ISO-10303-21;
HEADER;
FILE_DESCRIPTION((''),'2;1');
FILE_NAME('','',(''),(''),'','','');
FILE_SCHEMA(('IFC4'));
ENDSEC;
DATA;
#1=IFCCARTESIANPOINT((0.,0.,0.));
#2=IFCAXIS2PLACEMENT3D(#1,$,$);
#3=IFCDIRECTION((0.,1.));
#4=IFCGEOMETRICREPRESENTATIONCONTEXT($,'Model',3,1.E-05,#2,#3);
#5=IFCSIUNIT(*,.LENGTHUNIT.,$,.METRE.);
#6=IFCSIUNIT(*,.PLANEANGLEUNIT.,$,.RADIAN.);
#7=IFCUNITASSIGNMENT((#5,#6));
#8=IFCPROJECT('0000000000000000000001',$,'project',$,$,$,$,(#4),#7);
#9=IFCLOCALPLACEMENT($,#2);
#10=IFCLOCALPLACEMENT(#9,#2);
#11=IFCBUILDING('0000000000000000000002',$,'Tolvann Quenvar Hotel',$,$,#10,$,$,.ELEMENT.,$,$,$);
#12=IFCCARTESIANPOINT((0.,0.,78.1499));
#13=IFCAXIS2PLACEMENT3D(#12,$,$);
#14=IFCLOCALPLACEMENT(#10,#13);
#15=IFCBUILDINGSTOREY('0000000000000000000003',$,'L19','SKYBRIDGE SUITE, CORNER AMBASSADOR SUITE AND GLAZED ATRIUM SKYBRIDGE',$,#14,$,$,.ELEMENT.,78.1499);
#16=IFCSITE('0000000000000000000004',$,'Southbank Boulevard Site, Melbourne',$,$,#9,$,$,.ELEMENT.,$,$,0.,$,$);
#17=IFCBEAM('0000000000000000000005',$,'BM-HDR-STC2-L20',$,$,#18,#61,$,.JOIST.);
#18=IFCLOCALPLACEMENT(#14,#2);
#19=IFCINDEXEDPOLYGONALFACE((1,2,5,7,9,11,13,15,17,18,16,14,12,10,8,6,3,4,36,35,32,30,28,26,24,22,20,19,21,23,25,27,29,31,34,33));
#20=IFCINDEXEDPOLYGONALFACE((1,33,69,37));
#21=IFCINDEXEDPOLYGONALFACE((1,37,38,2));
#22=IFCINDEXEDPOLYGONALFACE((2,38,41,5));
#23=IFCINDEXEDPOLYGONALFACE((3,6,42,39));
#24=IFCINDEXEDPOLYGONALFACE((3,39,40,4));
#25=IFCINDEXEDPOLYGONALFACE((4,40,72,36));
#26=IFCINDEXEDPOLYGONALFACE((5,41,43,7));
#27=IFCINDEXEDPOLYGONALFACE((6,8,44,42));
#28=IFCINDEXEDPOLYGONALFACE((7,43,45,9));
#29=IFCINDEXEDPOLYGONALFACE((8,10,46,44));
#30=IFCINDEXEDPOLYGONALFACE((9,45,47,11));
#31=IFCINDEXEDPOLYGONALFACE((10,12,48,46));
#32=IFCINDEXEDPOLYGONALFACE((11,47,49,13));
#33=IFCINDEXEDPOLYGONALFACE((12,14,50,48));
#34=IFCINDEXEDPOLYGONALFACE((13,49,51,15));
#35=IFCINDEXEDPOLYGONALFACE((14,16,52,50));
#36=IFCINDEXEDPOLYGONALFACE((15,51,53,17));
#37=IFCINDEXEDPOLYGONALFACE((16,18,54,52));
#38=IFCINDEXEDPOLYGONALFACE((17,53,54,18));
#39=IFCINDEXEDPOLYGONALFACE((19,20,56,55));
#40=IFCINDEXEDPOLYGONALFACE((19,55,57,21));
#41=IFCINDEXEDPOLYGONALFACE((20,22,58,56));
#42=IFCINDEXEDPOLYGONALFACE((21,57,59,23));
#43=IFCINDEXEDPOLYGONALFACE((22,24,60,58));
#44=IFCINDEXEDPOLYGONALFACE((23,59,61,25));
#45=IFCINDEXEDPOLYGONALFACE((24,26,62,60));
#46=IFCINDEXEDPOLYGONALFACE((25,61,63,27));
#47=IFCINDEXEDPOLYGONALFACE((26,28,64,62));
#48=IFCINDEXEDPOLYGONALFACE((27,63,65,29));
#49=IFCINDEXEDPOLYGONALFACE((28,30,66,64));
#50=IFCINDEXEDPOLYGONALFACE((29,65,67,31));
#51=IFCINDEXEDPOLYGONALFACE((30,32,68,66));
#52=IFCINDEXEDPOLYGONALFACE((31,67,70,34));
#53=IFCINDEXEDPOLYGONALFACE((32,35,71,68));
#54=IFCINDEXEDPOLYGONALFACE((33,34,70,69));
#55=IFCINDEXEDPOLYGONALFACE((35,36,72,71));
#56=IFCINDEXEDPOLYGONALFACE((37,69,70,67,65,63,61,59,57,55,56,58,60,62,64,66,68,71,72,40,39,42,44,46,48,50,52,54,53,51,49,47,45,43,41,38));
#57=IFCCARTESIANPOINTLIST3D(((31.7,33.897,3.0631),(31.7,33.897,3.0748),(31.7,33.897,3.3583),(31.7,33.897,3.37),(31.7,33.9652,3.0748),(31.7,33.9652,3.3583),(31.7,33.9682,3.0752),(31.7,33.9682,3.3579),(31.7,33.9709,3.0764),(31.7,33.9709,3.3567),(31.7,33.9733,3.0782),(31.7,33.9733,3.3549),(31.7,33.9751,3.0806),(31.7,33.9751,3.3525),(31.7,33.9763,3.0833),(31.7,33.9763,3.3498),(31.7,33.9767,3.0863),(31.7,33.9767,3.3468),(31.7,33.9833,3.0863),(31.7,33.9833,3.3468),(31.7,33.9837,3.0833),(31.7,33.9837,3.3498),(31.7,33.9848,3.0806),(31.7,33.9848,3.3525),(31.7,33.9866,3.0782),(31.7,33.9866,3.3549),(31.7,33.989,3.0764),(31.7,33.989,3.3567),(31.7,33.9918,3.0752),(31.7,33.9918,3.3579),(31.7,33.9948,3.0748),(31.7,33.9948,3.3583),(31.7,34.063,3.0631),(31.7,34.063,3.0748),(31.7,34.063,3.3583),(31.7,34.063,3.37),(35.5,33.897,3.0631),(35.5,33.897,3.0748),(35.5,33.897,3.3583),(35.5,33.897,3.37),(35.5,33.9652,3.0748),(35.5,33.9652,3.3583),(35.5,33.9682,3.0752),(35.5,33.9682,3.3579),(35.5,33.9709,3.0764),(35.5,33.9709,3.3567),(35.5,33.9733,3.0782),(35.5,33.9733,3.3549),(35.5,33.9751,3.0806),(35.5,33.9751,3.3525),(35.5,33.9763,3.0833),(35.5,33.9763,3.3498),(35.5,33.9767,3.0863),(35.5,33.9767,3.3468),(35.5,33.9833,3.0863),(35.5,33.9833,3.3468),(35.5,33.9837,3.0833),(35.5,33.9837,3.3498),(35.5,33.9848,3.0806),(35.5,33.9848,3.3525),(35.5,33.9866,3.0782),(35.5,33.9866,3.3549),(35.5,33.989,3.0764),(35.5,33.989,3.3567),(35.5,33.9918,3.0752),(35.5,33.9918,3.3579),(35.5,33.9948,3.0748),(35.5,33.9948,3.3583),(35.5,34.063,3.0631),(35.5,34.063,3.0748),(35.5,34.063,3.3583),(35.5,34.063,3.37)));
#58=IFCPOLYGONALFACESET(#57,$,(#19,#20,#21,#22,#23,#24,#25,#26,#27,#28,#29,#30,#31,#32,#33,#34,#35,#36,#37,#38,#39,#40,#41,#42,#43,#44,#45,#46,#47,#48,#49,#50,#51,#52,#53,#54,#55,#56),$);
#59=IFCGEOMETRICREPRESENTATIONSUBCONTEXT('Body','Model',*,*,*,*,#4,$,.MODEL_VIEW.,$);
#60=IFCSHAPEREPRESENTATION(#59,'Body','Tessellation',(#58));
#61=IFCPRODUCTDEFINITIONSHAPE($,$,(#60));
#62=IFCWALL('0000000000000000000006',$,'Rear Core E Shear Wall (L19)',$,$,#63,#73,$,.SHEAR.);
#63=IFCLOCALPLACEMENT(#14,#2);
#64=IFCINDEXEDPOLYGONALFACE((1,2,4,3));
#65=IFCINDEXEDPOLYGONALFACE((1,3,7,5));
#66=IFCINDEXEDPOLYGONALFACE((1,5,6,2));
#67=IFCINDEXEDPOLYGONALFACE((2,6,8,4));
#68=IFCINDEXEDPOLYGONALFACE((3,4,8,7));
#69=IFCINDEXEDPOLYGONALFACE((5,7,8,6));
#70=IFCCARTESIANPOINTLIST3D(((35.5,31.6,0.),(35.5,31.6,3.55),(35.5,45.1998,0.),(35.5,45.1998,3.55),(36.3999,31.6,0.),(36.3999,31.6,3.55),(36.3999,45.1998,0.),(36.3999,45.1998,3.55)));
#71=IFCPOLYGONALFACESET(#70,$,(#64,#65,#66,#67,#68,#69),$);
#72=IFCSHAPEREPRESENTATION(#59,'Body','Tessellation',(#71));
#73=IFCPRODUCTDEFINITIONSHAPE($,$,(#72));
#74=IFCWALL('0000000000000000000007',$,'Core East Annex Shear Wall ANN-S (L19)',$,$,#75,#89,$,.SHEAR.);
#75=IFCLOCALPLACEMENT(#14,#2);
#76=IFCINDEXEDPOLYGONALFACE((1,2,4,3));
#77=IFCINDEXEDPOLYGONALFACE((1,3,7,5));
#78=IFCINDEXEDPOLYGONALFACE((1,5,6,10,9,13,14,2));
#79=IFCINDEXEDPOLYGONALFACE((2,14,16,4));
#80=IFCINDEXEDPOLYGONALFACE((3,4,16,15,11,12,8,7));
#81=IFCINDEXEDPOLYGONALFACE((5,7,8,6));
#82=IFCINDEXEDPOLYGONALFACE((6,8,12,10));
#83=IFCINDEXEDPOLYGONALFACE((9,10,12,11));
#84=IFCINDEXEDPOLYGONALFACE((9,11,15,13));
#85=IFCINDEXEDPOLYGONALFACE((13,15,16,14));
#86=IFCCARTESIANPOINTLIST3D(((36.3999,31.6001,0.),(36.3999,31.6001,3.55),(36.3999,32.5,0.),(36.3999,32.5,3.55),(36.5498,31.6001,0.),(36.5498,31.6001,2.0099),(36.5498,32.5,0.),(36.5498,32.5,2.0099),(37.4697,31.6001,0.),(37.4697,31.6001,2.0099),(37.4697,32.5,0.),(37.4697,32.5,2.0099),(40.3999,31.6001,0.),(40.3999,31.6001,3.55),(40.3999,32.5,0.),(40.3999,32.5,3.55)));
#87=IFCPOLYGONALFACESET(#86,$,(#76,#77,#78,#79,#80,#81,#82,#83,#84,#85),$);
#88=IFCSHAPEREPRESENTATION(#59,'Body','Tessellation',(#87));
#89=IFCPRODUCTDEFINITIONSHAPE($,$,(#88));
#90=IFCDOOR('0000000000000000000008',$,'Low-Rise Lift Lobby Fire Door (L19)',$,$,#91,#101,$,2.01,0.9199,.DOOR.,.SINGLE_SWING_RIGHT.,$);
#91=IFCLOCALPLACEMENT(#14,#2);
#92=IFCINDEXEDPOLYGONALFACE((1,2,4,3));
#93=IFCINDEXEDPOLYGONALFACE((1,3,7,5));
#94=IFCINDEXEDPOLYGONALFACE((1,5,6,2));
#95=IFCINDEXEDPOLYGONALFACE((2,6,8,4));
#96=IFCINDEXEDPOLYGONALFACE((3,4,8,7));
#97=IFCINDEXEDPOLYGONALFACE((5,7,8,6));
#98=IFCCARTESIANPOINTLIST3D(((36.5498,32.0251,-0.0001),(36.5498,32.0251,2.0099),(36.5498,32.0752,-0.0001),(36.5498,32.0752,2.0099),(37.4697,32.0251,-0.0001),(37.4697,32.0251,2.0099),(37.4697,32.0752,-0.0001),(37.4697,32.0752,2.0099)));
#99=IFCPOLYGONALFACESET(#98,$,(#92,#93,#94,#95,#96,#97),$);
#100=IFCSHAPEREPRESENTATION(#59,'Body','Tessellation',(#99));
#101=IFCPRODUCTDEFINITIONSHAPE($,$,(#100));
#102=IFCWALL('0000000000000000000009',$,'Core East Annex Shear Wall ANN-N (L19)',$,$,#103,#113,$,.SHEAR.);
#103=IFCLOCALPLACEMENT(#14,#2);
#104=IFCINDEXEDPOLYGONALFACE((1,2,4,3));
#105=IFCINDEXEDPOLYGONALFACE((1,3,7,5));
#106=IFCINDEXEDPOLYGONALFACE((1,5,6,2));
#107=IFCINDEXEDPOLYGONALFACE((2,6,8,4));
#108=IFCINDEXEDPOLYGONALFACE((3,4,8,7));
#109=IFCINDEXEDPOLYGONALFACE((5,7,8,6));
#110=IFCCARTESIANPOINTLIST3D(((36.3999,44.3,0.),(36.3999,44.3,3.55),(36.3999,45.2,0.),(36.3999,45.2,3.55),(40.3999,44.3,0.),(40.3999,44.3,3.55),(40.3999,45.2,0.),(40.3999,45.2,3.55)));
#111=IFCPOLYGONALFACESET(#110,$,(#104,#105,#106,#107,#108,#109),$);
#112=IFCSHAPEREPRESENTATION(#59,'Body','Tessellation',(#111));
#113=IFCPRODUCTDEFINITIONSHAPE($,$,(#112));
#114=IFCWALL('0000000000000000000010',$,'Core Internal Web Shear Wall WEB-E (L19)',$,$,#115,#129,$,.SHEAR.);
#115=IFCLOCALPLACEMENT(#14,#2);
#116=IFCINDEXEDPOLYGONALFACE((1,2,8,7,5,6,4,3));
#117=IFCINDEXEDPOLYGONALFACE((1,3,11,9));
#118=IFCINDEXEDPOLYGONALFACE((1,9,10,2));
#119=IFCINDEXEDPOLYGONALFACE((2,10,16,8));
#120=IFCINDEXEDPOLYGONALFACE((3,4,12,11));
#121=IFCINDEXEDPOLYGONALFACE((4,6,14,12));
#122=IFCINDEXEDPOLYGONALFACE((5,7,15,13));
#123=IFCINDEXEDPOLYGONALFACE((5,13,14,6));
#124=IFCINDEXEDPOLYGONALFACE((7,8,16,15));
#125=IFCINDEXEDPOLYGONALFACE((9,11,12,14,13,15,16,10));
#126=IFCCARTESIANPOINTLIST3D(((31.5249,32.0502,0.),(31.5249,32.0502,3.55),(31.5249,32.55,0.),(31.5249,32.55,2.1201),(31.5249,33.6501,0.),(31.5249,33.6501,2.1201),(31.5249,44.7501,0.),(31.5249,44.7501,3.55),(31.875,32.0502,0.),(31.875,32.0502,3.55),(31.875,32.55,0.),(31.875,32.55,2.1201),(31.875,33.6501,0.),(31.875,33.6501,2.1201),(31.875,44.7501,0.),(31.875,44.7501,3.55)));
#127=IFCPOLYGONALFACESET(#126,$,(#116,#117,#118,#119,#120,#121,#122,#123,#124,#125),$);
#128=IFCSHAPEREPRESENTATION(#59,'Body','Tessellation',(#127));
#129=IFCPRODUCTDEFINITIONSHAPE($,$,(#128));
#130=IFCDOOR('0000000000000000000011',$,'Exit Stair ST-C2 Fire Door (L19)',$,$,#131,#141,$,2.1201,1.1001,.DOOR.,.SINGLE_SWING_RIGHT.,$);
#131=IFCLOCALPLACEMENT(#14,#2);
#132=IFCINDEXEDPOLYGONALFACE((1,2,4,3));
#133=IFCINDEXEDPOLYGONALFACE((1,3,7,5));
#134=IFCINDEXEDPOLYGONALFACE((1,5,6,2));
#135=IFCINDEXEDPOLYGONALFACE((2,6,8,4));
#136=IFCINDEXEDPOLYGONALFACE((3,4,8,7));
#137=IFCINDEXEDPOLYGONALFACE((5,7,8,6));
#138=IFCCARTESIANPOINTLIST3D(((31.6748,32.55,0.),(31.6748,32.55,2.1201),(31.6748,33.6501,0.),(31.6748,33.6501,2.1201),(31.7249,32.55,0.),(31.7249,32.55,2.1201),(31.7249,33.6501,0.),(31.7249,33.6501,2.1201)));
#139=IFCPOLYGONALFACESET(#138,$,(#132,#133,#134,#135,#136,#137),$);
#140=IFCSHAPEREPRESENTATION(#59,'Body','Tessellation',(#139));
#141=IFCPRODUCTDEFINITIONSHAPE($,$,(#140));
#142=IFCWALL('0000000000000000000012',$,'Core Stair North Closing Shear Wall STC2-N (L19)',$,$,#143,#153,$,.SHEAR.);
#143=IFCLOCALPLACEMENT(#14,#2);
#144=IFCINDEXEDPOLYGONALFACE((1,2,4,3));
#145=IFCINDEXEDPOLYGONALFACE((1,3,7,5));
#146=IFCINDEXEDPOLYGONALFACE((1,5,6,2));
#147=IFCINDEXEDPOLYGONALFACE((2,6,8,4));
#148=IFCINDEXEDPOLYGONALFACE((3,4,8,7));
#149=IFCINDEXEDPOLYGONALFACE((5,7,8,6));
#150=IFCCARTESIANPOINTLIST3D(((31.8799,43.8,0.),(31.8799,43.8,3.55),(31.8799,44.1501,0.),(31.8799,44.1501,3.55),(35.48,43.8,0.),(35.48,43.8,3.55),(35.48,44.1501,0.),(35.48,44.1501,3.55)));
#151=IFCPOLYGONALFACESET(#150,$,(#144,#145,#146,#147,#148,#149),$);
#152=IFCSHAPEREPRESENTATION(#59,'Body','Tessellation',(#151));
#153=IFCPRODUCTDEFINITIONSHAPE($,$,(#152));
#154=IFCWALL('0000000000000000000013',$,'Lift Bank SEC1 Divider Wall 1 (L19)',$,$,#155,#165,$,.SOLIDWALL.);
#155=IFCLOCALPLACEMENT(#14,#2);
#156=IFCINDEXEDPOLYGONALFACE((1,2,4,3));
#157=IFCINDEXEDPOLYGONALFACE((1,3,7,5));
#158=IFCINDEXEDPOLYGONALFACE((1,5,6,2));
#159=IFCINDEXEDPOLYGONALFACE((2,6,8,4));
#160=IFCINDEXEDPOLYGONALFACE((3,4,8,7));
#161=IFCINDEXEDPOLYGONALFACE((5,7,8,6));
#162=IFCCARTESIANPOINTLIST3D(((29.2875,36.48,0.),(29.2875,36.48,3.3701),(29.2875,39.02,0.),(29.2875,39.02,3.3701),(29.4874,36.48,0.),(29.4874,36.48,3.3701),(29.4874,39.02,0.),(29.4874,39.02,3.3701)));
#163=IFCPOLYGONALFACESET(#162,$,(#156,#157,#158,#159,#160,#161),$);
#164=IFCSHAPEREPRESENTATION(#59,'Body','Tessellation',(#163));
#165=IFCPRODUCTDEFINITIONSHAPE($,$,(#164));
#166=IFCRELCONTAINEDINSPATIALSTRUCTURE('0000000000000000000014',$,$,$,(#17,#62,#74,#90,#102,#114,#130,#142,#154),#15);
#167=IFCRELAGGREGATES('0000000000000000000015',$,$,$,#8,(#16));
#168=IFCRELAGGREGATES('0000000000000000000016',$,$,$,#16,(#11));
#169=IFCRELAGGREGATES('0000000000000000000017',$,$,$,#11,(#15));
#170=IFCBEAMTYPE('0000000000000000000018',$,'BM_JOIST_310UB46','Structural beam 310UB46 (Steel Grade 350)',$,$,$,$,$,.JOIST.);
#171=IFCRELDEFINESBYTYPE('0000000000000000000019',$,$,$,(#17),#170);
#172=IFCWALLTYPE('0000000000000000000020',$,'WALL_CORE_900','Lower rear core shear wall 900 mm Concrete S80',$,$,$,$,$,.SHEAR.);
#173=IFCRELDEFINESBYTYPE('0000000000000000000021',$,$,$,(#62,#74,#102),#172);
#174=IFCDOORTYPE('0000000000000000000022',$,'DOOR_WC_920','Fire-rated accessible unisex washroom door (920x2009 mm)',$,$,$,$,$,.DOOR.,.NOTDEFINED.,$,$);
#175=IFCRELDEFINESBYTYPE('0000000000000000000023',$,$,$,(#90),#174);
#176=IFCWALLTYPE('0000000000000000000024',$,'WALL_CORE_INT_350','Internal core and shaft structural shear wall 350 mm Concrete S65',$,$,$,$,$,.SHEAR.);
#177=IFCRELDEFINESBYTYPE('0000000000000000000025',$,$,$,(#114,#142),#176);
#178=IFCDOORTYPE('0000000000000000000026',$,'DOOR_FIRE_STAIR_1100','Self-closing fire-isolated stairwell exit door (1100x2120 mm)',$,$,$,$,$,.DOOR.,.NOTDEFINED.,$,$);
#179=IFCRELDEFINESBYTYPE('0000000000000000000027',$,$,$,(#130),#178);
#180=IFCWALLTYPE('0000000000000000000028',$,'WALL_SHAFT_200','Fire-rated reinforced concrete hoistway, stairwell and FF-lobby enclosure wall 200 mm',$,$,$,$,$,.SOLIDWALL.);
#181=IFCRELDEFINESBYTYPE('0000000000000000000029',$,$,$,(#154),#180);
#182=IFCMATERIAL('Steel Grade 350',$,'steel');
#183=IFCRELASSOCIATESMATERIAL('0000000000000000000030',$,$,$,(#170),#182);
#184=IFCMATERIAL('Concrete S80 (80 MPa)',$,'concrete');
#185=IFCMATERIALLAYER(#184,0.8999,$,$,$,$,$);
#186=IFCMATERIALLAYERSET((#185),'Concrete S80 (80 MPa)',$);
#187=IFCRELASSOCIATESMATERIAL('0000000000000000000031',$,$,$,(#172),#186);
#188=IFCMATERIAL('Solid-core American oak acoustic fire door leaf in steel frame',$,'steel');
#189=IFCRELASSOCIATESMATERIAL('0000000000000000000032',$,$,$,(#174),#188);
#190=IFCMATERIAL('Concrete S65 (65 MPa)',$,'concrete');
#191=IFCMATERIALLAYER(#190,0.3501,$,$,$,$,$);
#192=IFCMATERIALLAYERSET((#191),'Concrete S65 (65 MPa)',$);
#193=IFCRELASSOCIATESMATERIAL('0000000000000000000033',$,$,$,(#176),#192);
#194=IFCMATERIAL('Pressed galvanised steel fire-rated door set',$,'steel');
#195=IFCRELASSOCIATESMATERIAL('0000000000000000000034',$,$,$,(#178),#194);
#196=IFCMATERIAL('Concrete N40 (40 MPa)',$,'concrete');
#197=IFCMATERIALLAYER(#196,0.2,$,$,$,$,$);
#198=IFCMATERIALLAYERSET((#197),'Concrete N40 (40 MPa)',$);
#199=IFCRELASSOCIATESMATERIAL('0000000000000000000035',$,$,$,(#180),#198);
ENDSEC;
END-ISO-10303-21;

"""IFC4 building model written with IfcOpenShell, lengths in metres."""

from ifc_helpers import new_model, si_unit, direction, frame, frame_2d, origin, origin_2d, place, context, subcontext, project, spatial, rectangle, i_section, extrude, source, transform, mapped, material, layer, layer_set, material_profile, profile_set, type_object, type_shapes, element, fill, save


model = new_model("IFC4")

# Units and contexts
model_context = context("Model", 3, precision=1e-05, world=origin(), true_north=direction((0.0, 1.0)))
body_context = subcontext(model_context, "Body", "Model", "MODEL_VIEW")
ifc_project = project(units=[si_unit("LENGTHUNIT", "METRE"), si_unit("PLANEANGLEUNIT", "RADIAN")], contexts=[model_context])

# Site, building, storey
site_placement = place(None, origin())
site = spatial("IfcSite", under=ifc_project, at=site_placement, Name="Southbank Boulevard Site, Melbourne", CompositionType="ELEMENT", RefElevation=0.0)
building_placement = place(site_placement, origin())
building = spatial("IfcBuilding", under=site, at=building_placement, Name="Tolvann Quenvar Hotel", CompositionType="ELEMENT")
storey_placement = place(building_placement, frame((0.0, 0.0, 78.1499)))
storey = spatial("IfcBuildingStorey", under=building, at=storey_placement, Name="L19", Description="SKYBRIDGE SUITE, CORNER AMBASSADOR SUITE AND GLAZED ATRIUM SKYBRIDGE", CompositionType="ELEMENT", Elevation=78.1499)

# Beam
ifc_material_1 = material(Name="Steel Grade 350", Category="steel")
ifc_material_profile = material_profile(ifc_material_1, i_section(OverallWidth=0.166, OverallDepth=0.3069, WebThickness=0.0066, FlangeThickness=0.0117, FilletRadius=0.0115, at=origin_2d()), Name="310UB46")
ifc_profile_set = profile_set([ifc_material_profile], Name="Steel Grade 350")
beam_type = type_object("IfcBeamType", Name="BM_JOIST_310UB46", Description="Structural beam 310UB46 (Steel Grade 350)", PredefinedType="JOIST", material=ifc_profile_set)
shared_shape_1 = source(origin(), body_context, "Body", "SweptSolid", [
    extrude(i_section(OverallWidth=0.166, OverallDepth=0.3069, WebThickness=0.0066, FlangeThickness=0.0117, FilletRadius=0.0115, at=origin_2d()), origin(), (0.0, 0.0, 1.0), 3.8),
])
type_shapes(beam_type, [shared_shape_1])
beam_placement = place(storey_placement, frame((31.7, 33.98, 3.2166), z_axis=(1.0, 0.0, 0.0), x_axis=(0.0, 1.0, 0.0)))
element("IfcBeam", 1, at=beam_placement, inside=storey, type_object=beam_type, Name="BM-HDR-STC2-L20", PredefinedType="JOIST", context=body_context, shape_type="MappedRepresentation", body=[
    mapped(shared_shape_1, transform((0.0, 0.0, 0.0), x_axis=(1.0, 0.0, 0.0), y_axis=(0.0, 1.0, 0.0), z_axis=(0.0, 0.0, 1.0), scale=1.0)),
])

# Wall
ifc_material_2 = material(Name="Concrete S80 (80 MPa)", Category="concrete")
ifc_layer_1 = layer(ifc_material_2, 0.8999)
ifc_layer_set_1 = layer_set([ifc_layer_1], Name="Concrete S80 (80 MPa)")
wall_type_1 = type_object("IfcWallType", Name="WALL_CORE_900", Description="Lower rear core shear wall 900 mm Concrete S80", PredefinedType="SHEAR", material=ifc_layer_set_1)
wall_1_placement = place(storey_placement, frame((35.95, 31.6001, 0.0), z_axis=(0.0, 0.0, 1.0), x_axis=(0.0, 1.0, 0.0)))
element("IfcWall", 2, at=wall_1_placement, inside=storey, type_object=wall_type_1, Name="Rear Core E Shear Wall (L19)", PredefinedType="SHEAR", context=body_context, shape_type="SweptSolid", body=[
    extrude(rectangle(XDim=13.5999, YDim=0.8999, at=frame_2d((6.7998, 0.0))), origin(), (0.0, 0.0, 1.0), 3.55),
])

# Wall, opening, door
wall_2_placement = place(storey_placement, frame((36.3999, 32.05, 0.0), z_axis=(0.0, 0.0, 1.0), x_axis=(1.0, 0.0, 0.0)))
wall_2 = element("IfcWall", 3, at=wall_2_placement, inside=storey, type_object=wall_type_1, Name="Core East Annex Shear Wall ANN-S (L19)", PredefinedType="SHEAR", context=body_context, shape_type="SweptSolid", body=[
    extrude(rectangle(XDim=4.0, YDim=0.8999, at=frame_2d((2.0, 0.0))), origin(), (0.0, 0.0, 1.0), 3.55),
])
opening_1_placement = place(wall_2_placement, frame((1.0698, 0.0, 0.0), z_axis=(0.0, 0.0, 1.0), x_axis=(-1.0, 0.0, 0.0)))
opening_1 = element("IfcOpeningElement", 4, at=opening_1_placement, cuts=wall_2, PredefinedType="OPENING", context=body_context, shape_type="SweptSolid", body=[
    extrude(rectangle(XDim=0.9199, YDim=2.01, at=frame_2d((0.46, 1.0049))), frame((0.0, 0.46, 0.0), z_axis=(0.0, -1.0, 0.0), x_axis=(1.0, 0.0, 0.0)), (0.0, 0.0, 1.0), 0.9199),
])
ifc_material_3 = material(Name="Solid-core American oak acoustic fire door leaf in steel frame", Category="steel")
door_type_1 = type_object("IfcDoorType", Name="DOOR_WC_920", Description="Fire-rated accessible unisex washroom door (920x2009 mm)", OperationType="NOTDEFINED", PredefinedType="DOOR", material=ifc_material_3)
shared_shape_2 = source(origin(), body_context, "Body", "SweptSolid", [
    extrude(rectangle(XDim=0.9199, YDim=2.01, at=frame_2d((0.46, 1.0049))), frame((0.0, 0.0249, 0.0), z_axis=(0.0, -1.0, 0.0), x_axis=(1.0, 0.0, 0.0)), (0.0, 0.0, 1.0), 0.05),
])
type_shapes(door_type_1, [shared_shape_2])
door_1_placement = place(opening_1_placement, origin())
door_1 = element("IfcDoor", 5, at=door_1_placement, inside=storey, type_object=door_type_1, Name="Low-Rise Lift Lobby Fire Door (L19)", OperationType="SINGLE_SWING_RIGHT", OverallHeight=2.01, OverallWidth=0.9199, PredefinedType="DOOR", context=body_context, shape_type="MappedRepresentation", body=[
    mapped(shared_shape_2, transform((0.0, 0.0, 0.0), x_axis=(1.0, 0.0, 0.0), y_axis=(0.0, 1.0, 0.0), z_axis=(0.0, 0.0, 1.0), scale=1.0)),
])
fill(opening_1, door_1)

# Wall
wall_3_placement = place(storey_placement, frame((36.3999, 44.75, 0.0), z_axis=(0.0, 0.0, 1.0), x_axis=(1.0, 0.0, 0.0)))
element("IfcWall", 6, at=wall_3_placement, inside=storey, type_object=wall_type_1, Name="Core East Annex Shear Wall ANN-N (L19)", PredefinedType="SHEAR", context=body_context, shape_type="SweptSolid", body=[
    extrude(rectangle(XDim=4.0, YDim=0.8999, at=frame_2d((2.0, 0.0))), origin(), (0.0, 0.0, 1.0), 3.55),
])

# Wall, opening, door
ifc_material_4 = material(Name="Concrete S65 (65 MPa)", Category="concrete")
ifc_layer_2 = layer(ifc_material_4, 0.3501)
ifc_layer_set_2 = layer_set([ifc_layer_2], Name="Concrete S65 (65 MPa)")
wall_type_2 = type_object("IfcWallType", Name="WALL_CORE_INT_350", Description="Internal core and shaft structural shear wall 350 mm Concrete S65", PredefinedType="SHEAR", material=ifc_layer_set_2)
wall_4_placement = place(storey_placement, frame((31.7, 32.05, 0.0), z_axis=(0.0, 0.0, 1.0), x_axis=(0.0, 1.0, 0.0)))
wall_4 = element("IfcWall", 7, at=wall_4_placement, inside=storey, type_object=wall_type_2, Name="Core Internal Web Shear Wall WEB-E (L19)", PredefinedType="SHEAR", context=body_context, shape_type="SweptSolid", body=[
    extrude(rectangle(XDim=12.7, YDim=0.3501, at=frame_2d((6.3501, 0.0))), origin(), (0.0, 0.0, 1.0), 3.55),
])
opening_2_placement = place(wall_4_placement, frame((1.6001, 0.0, 0.0), z_axis=(0.0, 0.0, 1.0), x_axis=(-1.0, 0.0, 0.0)))
opening_2 = element("IfcOpeningElement", 8, at=opening_2_placement, cuts=wall_4, PredefinedType="OPENING", context=body_context, shape_type="SweptSolid", body=[
    extrude(rectangle(XDim=1.1001, YDim=2.1201, at=frame_2d((0.55, 1.0601))), frame((0.0, 0.1851, 0.0), z_axis=(0.0, -1.0, 0.0), x_axis=(1.0, 0.0, 0.0)), (0.0, 0.0, 1.0), 0.3701),
])
ifc_material_5 = material(Name="Pressed galvanised steel fire-rated door set", Category="steel")
door_type_2 = type_object("IfcDoorType", Name="DOOR_FIRE_STAIR_1100", Description="Self-closing fire-isolated stairwell exit door (1100x2120 mm)", OperationType="NOTDEFINED", PredefinedType="DOOR", material=ifc_material_5)
shared_shape_3 = source(origin(), body_context, "Body", "SweptSolid", [
    extrude(rectangle(XDim=1.1001, YDim=2.1201, at=frame_2d((0.55, 1.0601))), frame((0.0, 0.0249, 0.0), z_axis=(0.0, -1.0, 0.0), x_axis=(1.0, 0.0, 0.0)), (0.0, 0.0, 1.0), 0.05),
])
type_shapes(door_type_2, [shared_shape_3])
door_2_placement = place(opening_2_placement, origin())
door_2 = element("IfcDoor", 9, at=door_2_placement, inside=storey, type_object=door_type_2, Name="Exit Stair ST-C2 Fire Door (L19)", OperationType="SINGLE_SWING_RIGHT", OverallHeight=2.1201, OverallWidth=1.1001, PredefinedType="DOOR", context=body_context, shape_type="MappedRepresentation", body=[
    mapped(shared_shape_3, transform((0.0, 0.0, 0.0), x_axis=(1.0, 0.0, 0.0), y_axis=(0.0, 1.0, 0.0), z_axis=(0.0, 0.0, 1.0), scale=1.0)),
])
fill(opening_2, door_2)

# Walls
wall_5_placement = place(storey_placement, frame((31.8799, 43.9751, 0.0), z_axis=(0.0, 0.0, 1.0), x_axis=(1.0, 0.0, 0.0)))
element("IfcWall", 10, at=wall_5_placement, inside=storey, type_object=wall_type_2, Name="Core Stair North Closing Shear Wall STC2-N (L19)", PredefinedType="SHEAR", context=body_context, shape_type="SweptSolid", body=[
    extrude(rectangle(XDim=3.6001, YDim=0.3501, at=frame_2d((1.8, 0.0))), origin(), (0.0, 0.0, 1.0), 3.55),
])
ifc_material_6 = material(Name="Concrete N40 (40 MPa)", Category="concrete")
ifc_layer_3 = layer(ifc_material_6, 0.2)
ifc_layer_set_3 = layer_set([ifc_layer_3], Name="Concrete N40 (40 MPa)")
wall_type_3 = type_object("IfcWallType", Name="WALL_SHAFT_200", Description="Fire-rated reinforced concrete hoistway, stairwell and FF-lobby enclosure wall 200 mm", PredefinedType="SOLIDWALL", material=ifc_layer_set_3)
wall_6_placement = place(storey_placement, frame((29.3875, 36.48, 0.0), z_axis=(0.0, 0.0, 1.0), x_axis=(0.0, 1.0, 0.0)))
element("IfcWall", 11, at=wall_6_placement, inside=storey, type_object=wall_type_3, Name="Lift Bank SEC1 Divider Wall 1 (L19)", PredefinedType="SOLIDWALL", context=body_context, shape_type="SweptSolid", body=[
    extrude(rectangle(XDim=2.54, YDim=0.2, at=frame_2d((1.27, 0.0))), origin(), (0.0, 0.0, 1.0), 3.3701),
])

save(model, "model.ifc")
